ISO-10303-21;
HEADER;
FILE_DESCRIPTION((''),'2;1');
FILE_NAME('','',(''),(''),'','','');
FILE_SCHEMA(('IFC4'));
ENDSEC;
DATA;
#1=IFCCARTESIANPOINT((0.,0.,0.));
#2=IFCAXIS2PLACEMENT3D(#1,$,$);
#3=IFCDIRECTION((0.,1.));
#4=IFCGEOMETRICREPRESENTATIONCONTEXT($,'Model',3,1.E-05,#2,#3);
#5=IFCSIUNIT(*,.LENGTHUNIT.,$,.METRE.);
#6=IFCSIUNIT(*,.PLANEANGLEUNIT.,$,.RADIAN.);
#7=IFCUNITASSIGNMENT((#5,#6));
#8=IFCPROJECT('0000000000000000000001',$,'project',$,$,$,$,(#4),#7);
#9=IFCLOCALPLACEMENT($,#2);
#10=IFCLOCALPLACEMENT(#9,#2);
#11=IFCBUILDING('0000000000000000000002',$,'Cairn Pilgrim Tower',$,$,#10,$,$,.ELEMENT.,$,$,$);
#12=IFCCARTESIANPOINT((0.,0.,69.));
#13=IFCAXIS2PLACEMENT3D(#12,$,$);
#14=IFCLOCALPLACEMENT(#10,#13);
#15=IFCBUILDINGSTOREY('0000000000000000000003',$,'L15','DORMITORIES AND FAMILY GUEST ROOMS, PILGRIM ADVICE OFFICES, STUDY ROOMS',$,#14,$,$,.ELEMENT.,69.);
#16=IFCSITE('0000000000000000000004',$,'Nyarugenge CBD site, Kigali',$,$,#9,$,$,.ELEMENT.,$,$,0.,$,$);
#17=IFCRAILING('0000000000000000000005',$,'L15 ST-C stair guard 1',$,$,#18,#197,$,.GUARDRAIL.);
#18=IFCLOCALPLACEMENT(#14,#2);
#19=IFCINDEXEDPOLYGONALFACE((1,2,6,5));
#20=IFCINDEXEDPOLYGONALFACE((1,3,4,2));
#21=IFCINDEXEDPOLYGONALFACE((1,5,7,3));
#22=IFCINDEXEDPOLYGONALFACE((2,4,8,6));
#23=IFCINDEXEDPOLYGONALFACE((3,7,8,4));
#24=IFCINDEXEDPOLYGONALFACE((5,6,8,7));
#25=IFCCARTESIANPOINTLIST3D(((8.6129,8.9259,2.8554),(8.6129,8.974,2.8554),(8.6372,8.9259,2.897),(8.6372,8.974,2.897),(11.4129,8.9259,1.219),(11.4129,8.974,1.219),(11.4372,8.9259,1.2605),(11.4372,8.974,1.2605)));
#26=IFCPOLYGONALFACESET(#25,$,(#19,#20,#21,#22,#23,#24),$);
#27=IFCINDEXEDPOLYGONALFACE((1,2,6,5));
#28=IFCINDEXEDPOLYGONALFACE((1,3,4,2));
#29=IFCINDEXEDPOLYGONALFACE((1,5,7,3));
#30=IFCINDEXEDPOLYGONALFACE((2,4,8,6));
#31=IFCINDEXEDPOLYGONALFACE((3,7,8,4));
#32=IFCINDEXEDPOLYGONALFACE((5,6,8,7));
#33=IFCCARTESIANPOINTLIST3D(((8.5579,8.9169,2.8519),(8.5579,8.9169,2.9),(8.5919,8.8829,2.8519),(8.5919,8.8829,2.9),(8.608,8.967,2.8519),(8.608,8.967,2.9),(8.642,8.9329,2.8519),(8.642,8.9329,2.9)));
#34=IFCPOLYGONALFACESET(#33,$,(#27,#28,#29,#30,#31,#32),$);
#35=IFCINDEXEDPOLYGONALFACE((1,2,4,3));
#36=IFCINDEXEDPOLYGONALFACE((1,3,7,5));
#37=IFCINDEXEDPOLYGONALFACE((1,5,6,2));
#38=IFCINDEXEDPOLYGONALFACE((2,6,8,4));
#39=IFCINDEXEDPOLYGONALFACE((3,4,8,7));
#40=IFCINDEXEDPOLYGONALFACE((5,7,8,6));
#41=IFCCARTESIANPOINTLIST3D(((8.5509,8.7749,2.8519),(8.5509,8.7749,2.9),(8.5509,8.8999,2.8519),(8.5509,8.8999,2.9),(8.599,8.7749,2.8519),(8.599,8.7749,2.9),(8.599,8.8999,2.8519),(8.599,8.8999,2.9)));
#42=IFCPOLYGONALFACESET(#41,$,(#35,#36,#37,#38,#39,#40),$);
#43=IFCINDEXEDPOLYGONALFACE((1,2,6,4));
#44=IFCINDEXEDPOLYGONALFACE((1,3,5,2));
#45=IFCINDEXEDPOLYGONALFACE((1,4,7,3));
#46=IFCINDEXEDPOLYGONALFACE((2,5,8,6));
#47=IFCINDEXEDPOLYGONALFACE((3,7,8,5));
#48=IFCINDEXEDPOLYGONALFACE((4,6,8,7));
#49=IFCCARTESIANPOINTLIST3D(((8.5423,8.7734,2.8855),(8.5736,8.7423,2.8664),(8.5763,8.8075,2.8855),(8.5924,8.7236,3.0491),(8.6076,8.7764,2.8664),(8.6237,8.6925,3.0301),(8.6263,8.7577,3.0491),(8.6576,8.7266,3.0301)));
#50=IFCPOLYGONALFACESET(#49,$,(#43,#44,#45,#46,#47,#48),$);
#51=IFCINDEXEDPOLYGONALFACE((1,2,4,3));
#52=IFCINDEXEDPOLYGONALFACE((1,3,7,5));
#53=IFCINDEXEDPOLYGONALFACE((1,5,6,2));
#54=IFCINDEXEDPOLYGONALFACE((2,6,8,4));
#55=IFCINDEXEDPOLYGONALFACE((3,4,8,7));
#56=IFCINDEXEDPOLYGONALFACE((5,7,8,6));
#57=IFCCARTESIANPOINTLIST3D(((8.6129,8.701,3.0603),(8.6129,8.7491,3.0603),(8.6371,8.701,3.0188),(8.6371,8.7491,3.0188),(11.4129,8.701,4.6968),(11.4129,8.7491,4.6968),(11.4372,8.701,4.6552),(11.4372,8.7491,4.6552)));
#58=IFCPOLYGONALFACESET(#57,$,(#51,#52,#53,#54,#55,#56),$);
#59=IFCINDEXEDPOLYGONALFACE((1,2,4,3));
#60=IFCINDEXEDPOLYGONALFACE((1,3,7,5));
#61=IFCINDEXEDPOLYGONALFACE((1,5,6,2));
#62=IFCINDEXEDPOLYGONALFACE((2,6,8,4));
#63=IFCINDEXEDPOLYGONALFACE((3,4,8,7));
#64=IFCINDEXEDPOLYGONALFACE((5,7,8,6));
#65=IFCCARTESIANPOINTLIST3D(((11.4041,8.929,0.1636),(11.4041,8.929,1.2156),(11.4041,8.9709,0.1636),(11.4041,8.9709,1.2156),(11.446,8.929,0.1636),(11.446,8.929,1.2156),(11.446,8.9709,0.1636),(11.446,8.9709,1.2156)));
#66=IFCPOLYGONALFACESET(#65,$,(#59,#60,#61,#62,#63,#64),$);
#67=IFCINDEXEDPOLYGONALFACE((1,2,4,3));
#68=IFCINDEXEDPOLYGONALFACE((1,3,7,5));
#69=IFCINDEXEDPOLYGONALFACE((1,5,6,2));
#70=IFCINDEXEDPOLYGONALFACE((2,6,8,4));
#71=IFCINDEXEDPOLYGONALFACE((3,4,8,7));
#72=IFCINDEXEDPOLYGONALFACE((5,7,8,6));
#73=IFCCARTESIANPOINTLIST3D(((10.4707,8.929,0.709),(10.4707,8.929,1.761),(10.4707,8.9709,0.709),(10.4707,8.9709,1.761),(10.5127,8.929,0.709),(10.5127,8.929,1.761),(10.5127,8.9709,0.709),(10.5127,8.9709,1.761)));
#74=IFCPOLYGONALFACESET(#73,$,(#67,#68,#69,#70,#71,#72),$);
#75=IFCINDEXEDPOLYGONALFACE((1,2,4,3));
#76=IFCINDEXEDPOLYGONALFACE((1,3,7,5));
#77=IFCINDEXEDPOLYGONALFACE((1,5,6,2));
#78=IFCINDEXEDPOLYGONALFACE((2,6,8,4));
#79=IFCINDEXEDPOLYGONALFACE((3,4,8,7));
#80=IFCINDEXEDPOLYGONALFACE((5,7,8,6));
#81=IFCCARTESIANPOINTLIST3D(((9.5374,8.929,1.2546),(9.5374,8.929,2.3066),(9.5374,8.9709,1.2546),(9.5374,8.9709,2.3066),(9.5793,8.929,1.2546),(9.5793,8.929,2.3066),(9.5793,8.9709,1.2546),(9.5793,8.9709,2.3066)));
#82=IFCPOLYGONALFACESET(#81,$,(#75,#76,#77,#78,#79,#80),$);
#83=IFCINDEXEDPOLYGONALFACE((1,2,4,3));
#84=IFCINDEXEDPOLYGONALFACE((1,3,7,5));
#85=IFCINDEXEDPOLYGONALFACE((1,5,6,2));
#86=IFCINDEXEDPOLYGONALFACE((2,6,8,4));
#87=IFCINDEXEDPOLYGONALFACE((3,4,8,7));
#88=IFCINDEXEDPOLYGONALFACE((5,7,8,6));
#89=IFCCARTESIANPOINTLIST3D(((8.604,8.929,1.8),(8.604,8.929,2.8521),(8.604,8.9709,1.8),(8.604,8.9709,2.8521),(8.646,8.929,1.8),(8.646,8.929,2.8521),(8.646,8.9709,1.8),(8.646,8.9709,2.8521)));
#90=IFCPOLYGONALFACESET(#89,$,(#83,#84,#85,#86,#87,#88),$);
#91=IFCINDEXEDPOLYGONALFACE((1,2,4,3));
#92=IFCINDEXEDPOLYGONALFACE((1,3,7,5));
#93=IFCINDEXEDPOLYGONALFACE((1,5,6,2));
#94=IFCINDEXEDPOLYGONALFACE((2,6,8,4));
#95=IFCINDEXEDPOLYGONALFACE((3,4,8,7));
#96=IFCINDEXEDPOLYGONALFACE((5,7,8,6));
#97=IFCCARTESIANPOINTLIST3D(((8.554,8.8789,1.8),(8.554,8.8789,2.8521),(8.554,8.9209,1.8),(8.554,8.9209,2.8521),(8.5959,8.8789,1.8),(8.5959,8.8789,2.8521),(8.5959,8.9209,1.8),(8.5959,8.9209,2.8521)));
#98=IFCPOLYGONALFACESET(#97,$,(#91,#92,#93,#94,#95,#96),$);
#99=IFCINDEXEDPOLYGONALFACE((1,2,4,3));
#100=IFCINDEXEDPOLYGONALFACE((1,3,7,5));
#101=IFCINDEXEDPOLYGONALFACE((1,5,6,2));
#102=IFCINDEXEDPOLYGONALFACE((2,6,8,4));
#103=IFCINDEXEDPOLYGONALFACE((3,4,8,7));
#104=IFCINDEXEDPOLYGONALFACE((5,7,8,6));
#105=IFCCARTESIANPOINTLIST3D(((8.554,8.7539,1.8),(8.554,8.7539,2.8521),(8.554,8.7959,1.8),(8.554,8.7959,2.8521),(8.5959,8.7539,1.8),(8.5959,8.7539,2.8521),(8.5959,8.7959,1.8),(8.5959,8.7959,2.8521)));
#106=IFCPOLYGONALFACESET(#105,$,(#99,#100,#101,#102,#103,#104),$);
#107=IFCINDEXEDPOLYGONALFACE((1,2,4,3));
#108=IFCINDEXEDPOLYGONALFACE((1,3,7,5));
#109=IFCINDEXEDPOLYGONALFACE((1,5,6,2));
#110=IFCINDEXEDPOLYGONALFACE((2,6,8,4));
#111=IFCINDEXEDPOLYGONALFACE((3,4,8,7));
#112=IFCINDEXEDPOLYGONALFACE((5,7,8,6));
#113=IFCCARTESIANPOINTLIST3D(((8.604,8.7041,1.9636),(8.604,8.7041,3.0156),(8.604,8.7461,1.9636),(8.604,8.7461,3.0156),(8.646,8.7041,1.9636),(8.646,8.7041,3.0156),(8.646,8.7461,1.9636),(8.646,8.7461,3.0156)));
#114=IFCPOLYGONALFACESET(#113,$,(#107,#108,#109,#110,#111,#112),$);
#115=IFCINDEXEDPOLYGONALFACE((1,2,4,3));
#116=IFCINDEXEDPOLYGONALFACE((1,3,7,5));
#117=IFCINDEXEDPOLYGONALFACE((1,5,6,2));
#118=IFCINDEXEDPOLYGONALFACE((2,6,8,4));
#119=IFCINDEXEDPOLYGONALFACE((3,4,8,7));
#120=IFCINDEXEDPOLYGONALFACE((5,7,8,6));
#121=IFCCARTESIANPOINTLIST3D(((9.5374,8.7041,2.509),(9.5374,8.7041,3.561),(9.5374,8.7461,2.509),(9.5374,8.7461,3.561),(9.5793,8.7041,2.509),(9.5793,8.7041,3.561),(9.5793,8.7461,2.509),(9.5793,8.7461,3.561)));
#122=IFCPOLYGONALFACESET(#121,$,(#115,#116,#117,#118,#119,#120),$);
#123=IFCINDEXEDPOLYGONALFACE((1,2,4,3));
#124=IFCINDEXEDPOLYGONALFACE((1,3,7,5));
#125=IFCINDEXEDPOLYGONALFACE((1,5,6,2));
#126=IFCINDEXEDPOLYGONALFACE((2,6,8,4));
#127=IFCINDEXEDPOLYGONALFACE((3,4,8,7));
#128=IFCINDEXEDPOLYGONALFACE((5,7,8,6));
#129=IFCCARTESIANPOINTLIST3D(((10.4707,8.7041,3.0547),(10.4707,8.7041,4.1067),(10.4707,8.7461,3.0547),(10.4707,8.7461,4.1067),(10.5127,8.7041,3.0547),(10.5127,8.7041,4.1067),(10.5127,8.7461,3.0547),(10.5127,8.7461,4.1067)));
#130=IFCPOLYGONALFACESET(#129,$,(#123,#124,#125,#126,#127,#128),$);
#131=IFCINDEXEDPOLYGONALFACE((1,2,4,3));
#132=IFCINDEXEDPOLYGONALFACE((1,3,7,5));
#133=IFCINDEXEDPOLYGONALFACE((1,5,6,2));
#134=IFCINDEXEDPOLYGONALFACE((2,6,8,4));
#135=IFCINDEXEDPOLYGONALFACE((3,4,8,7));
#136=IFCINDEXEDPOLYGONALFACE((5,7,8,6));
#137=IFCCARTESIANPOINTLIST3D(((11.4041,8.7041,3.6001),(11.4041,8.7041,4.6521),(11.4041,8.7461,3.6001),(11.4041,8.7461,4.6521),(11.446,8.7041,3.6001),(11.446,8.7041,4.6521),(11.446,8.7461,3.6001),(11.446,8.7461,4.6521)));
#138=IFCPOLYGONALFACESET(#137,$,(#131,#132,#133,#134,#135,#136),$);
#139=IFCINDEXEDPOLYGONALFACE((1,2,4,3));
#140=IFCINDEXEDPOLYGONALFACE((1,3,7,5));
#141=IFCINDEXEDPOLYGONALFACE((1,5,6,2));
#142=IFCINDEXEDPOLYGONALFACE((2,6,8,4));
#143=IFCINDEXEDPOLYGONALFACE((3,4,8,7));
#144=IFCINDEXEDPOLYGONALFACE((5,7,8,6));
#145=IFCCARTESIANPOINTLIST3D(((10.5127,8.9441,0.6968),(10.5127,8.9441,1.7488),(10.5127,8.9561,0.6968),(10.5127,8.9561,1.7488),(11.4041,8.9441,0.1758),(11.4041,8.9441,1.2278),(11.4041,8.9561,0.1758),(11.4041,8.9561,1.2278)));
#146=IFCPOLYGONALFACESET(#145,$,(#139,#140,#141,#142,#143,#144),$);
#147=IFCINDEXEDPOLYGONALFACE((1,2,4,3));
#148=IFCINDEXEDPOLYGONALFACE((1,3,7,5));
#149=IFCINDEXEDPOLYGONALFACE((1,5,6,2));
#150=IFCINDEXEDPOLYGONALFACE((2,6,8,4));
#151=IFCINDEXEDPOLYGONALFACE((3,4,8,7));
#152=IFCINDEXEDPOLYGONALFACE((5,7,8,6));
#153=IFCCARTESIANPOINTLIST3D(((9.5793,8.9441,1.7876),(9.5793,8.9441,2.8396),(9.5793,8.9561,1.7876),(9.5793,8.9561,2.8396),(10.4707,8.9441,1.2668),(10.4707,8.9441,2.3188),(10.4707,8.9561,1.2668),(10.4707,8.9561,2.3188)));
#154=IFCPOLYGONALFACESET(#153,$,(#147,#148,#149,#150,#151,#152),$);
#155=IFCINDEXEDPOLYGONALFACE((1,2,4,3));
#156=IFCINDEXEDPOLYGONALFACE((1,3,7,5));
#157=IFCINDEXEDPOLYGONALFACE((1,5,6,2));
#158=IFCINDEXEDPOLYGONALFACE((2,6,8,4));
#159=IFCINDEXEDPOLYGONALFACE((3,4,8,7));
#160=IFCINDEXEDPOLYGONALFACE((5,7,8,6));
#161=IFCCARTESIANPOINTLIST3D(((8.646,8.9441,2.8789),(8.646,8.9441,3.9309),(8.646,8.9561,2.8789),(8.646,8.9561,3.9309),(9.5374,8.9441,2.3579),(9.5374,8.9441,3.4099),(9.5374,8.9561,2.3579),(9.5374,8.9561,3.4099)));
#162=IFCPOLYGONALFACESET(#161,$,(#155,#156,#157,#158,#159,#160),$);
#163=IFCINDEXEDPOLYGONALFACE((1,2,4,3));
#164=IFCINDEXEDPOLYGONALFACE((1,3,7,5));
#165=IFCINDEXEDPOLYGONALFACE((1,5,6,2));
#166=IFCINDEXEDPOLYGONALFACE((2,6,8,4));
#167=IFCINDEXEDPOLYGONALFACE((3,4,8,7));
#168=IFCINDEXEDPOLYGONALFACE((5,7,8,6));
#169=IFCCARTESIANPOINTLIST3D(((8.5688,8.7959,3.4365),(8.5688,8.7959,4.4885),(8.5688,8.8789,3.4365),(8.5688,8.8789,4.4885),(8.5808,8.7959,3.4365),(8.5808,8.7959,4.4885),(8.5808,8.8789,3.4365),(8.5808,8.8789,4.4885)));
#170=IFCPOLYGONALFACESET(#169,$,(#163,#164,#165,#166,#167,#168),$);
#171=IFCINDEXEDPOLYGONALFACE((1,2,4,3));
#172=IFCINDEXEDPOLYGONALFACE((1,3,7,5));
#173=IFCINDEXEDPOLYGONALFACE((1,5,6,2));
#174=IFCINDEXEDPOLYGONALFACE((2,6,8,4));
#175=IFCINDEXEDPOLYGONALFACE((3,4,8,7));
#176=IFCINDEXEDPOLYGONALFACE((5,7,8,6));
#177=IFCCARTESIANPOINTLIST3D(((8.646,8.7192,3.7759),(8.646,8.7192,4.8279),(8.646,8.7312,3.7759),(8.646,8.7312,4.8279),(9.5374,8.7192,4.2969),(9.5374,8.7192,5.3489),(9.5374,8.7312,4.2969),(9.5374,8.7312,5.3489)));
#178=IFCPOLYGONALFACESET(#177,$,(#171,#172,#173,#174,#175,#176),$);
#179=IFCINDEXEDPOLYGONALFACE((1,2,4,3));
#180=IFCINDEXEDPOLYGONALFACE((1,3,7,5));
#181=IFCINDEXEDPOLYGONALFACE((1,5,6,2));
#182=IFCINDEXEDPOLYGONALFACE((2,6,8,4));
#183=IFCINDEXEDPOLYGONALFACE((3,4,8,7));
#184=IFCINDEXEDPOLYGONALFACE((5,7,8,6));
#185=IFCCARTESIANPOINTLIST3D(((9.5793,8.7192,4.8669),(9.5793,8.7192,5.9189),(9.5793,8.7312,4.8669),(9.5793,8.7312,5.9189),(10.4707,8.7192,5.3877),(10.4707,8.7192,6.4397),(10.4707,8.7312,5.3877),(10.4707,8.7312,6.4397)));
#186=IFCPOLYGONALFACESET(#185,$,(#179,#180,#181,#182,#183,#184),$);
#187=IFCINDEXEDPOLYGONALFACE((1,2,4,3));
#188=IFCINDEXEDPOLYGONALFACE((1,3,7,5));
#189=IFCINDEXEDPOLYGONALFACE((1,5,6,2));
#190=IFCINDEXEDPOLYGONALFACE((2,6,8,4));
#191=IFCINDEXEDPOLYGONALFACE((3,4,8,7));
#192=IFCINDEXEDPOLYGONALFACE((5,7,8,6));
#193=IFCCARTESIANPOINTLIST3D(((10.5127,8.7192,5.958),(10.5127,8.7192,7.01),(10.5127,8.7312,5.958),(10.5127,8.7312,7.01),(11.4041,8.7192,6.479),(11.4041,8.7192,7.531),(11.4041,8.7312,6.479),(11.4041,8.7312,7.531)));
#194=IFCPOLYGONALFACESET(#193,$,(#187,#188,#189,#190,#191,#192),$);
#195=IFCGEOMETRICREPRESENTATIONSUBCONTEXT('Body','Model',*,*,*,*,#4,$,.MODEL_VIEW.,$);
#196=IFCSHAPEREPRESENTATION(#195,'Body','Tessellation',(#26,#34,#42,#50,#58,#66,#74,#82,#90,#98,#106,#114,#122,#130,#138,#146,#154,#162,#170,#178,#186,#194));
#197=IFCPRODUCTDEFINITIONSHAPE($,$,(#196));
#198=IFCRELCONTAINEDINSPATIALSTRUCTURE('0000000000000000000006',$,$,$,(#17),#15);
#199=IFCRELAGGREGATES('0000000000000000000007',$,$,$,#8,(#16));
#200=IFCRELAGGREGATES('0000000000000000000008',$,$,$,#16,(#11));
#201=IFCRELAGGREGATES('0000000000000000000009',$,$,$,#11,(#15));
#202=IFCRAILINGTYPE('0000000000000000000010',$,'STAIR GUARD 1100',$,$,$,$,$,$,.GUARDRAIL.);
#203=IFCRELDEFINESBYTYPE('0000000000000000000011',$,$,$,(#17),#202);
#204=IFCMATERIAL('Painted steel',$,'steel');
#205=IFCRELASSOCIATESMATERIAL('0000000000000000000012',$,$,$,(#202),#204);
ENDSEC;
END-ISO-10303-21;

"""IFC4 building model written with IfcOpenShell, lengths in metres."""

from ifc_helpers import new_model, si_unit, direction, frame, origin, origin_2d, place, context, subcontext, project, spatial, polyline, rectangle, outline, extrude, material, type_object, element, save


model = new_model("IFC4")

# Units and contexts
model_context = context("Model", 3, precision=1e-05, world=origin(), true_north=direction((0.0, 1.0)))
body_context = subcontext(model_context, "Body", "Model", "MODEL_VIEW")
ifc_project = project(units=[si_unit("LENGTHUNIT", "METRE"), si_unit("PLANEANGLEUNIT", "RADIAN")], contexts=[model_context])

# Site, building, storey
site_placement = place(None, origin())
site = spatial("IfcSite", under=ifc_project, at=site_placement, Name="Nyarugenge CBD site, Kigali", CompositionType="ELEMENT", RefElevation=0.0)
building_placement = place(site_placement, origin())
building = spatial("IfcBuilding", under=site, at=building_placement, Name="Cairn Pilgrim Tower", CompositionType="ELEMENT")
storey_placement = place(building_placement, frame((0.0, 0.0, 69.0)))
storey = spatial("IfcBuildingStorey", under=building, at=storey_placement, Name="L15", Description="DORMITORIES AND FAMILY GUEST ROOMS, PILGRIM ADVICE OFFICES, STUDY ROOMS", CompositionType="ELEMENT", Elevation=69.0)

# Shared definitions
ifc_material_1 = material(Name="Painted steel", Category="steel")

# Railing
railing_type_1 = type_object("IfcRailingType", Name="STAIR GUARD 1100", PredefinedType="GUARDRAIL", material=ifc_material_1)
railing_1_placement = place(storey_placement, frame((11.425, 8.95, 0.1636)))
element("IfcRailing", 1, at=railing_1_placement, inside=storey, type_object=railing_type_1, Name="L15 ST-C stair guard 1", PredefinedType="GUARDRAIL", context=body_context, shape_type="SweptSolid", body=[
    extrude(rectangle(XDim=0.0481, YDim=0.0481, at=origin_2d()), frame((0.0, 0.0, 1.0762), z_axis=(-0.863361, 0.0, 0.504587), x_axis=(0.0, -1.0, 0.0)), (0.0, 0.0, 1.0), 3.2432),
    extrude(rectangle(XDim=0.0481, YDim=0.0481, at=origin_2d()), frame((-2.8, 0.0, 2.7124), z_axis=(-0.707107, -0.707107, 0.0), x_axis=(0.707107, -0.707107, 0.0)), (0.0, 0.0, 1.0), 0.0708),
    extrude(rectangle(XDim=0.0481, YDim=0.0481, at=origin_2d()), frame((-2.8501, -0.05, 2.7124), z_axis=(0.0, -1.0, 0.0), x_axis=(1.0, 0.0, 0.0)), (0.0, 0.0, 1.0), 0.125),
    extrude(rectangle(XDim=0.0481, YDim=0.0481, at=origin_2d()), frame((-2.8501, -0.175, 2.7124), z_axis=(0.280917, -0.279546, 0.918118), x_axis=(0.705376, 0.708834, 0.0)), (0.0, 0.0, 1.0), 0.1782),
    extrude(rectangle(XDim=0.0481, YDim=0.0481, at=origin_2d()), frame((-2.8, -0.2249, 2.876), z_axis=(0.863361, 0.0, 0.504587), x_axis=(0.0, 1.0, 0.0)), (0.0, 0.0, 1.0), 3.2432),
    extrude(rectangle(XDim=0.042, YDim=0.042, at=origin_2d()), origin(), (0.0, 0.0, 1.0), 1.052),
    extrude(rectangle(XDim=0.042, YDim=0.042, at=origin_2d()), frame((-0.9333, 0.0, 0.5454)), (0.0, 0.0, 1.0), 1.052),
    extrude(rectangle(XDim=0.042, YDim=0.042, at=origin_2d()), frame((-1.8667, 0.0, 1.0911)), (0.0, 0.0, 1.0), 1.052),
    extrude(rectangle(XDim=0.042, YDim=0.042, at=origin_2d()), frame((-2.8, 0.0, 1.6365)), (0.0, 0.0, 1.0), 1.052),
    extrude(rectangle(XDim=0.042, YDim=0.042, at=origin_2d()), frame((-2.8501, -0.05, 1.6365)), (0.0, 0.0, 1.0), 1.052),
    extrude(rectangle(XDim=0.042, YDim=0.042, at=origin_2d()), frame((-2.8501, -0.175, 1.6365)), (0.0, 0.0, 1.0), 1.052),
    extrude(rectangle(XDim=0.042, YDim=0.042, at=origin_2d()), frame((-2.8, -0.2249, 1.8)), (0.0, 0.0, 1.0), 1.052),
    extrude(rectangle(XDim=0.042, YDim=0.042, at=origin_2d()), frame((-1.8667, -0.2249, 2.3455)), (0.0, 0.0, 1.0), 1.052),
    extrude(rectangle(XDim=0.042, YDim=0.042, at=origin_2d()), frame((-0.9333, -0.2249, 2.8911)), (0.0, 0.0, 1.0), 1.052),
    extrude(rectangle(XDim=0.042, YDim=0.042, at=origin_2d()), frame((0.0, -0.2249, 3.4365)), (0.0, 0.0, 1.0), 1.052),
    extrude(outline(polyline([(0.021, 0.0122), (0.9124, 0.5332), (0.9124, 1.5852), (0.021, 1.0642), (0.021, 0.0122)])), frame((0.0, -0.0059, 0.0), z_axis=(0.0, 1.0, 0.0), x_axis=(-1.0, 0.0, 0.0)), (0.0, 0.0, 1.0), 0.012),
    extrude(outline(polyline([(0.021, 0.5579), (0.9124, 1.0786), (0.9124, 2.1306), (0.021, 1.6099), (0.021, 0.5579)])), frame((-0.9333, -0.0059, 0.5454), z_axis=(0.0, 1.0, 0.0), x_axis=(-1.0, 0.0, 0.0)), (0.0, 0.0, 1.0), 0.012),
    extrude(outline(polyline([(0.021, 1.1033), (0.9124, 1.6243), (0.9124, 2.6763), (0.021, 2.1553), (0.021, 1.1033)])), frame((-1.8667, -0.0059, 1.0911), z_axis=(0.0, 1.0, 0.0), x_axis=(-1.0, 0.0, 0.0)), (0.0, 0.0, 1.0), 0.012),
    extrude(outline(polyline([(0.021, 1.6365), (0.104, 1.6365), (0.104, 2.6885), (0.021, 2.6885), (0.021, 1.6365)])), frame((-2.8442, -0.05, 1.6365), z_axis=(-1.0, 0.0, 0.0), x_axis=(0.0, -1.0, 0.0)), (0.0, 0.0, 1.0), 0.012),
    extrude(outline(polyline([(0.021, 1.8123), (0.9124, 2.3333), (0.9124, 3.3853), (0.021, 2.8643), (0.021, 1.8123)])), frame((-2.8, -0.2188, 1.8), z_axis=(0.0, -1.0, 0.0), x_axis=(1.0, 0.0, 0.0)), (0.0, 0.0, 1.0), 0.012),
    extrude(outline(polyline([(0.021, 2.3579), (0.9124, 2.8787), (0.9124, 3.9307), (0.021, 3.4099), (0.021, 2.3579)])), frame((-1.8667, -0.2188, 2.3455), z_axis=(0.0, -1.0, 0.0), x_axis=(1.0, 0.0, 0.0)), (0.0, 0.0, 1.0), 0.012),
    extrude(outline(polyline([(0.021, 2.9033), (0.9124, 3.4243), (0.9124, 4.4763), (0.021, 3.9553), (0.021, 2.9033)])), frame((-0.9333, -0.2188, 2.8911), z_axis=(0.0, -1.0, 0.0), x_axis=(1.0, 0.0, 0.0)), (0.0, 0.0, 1.0), 0.012),
])

save(model, "model.ifc")
